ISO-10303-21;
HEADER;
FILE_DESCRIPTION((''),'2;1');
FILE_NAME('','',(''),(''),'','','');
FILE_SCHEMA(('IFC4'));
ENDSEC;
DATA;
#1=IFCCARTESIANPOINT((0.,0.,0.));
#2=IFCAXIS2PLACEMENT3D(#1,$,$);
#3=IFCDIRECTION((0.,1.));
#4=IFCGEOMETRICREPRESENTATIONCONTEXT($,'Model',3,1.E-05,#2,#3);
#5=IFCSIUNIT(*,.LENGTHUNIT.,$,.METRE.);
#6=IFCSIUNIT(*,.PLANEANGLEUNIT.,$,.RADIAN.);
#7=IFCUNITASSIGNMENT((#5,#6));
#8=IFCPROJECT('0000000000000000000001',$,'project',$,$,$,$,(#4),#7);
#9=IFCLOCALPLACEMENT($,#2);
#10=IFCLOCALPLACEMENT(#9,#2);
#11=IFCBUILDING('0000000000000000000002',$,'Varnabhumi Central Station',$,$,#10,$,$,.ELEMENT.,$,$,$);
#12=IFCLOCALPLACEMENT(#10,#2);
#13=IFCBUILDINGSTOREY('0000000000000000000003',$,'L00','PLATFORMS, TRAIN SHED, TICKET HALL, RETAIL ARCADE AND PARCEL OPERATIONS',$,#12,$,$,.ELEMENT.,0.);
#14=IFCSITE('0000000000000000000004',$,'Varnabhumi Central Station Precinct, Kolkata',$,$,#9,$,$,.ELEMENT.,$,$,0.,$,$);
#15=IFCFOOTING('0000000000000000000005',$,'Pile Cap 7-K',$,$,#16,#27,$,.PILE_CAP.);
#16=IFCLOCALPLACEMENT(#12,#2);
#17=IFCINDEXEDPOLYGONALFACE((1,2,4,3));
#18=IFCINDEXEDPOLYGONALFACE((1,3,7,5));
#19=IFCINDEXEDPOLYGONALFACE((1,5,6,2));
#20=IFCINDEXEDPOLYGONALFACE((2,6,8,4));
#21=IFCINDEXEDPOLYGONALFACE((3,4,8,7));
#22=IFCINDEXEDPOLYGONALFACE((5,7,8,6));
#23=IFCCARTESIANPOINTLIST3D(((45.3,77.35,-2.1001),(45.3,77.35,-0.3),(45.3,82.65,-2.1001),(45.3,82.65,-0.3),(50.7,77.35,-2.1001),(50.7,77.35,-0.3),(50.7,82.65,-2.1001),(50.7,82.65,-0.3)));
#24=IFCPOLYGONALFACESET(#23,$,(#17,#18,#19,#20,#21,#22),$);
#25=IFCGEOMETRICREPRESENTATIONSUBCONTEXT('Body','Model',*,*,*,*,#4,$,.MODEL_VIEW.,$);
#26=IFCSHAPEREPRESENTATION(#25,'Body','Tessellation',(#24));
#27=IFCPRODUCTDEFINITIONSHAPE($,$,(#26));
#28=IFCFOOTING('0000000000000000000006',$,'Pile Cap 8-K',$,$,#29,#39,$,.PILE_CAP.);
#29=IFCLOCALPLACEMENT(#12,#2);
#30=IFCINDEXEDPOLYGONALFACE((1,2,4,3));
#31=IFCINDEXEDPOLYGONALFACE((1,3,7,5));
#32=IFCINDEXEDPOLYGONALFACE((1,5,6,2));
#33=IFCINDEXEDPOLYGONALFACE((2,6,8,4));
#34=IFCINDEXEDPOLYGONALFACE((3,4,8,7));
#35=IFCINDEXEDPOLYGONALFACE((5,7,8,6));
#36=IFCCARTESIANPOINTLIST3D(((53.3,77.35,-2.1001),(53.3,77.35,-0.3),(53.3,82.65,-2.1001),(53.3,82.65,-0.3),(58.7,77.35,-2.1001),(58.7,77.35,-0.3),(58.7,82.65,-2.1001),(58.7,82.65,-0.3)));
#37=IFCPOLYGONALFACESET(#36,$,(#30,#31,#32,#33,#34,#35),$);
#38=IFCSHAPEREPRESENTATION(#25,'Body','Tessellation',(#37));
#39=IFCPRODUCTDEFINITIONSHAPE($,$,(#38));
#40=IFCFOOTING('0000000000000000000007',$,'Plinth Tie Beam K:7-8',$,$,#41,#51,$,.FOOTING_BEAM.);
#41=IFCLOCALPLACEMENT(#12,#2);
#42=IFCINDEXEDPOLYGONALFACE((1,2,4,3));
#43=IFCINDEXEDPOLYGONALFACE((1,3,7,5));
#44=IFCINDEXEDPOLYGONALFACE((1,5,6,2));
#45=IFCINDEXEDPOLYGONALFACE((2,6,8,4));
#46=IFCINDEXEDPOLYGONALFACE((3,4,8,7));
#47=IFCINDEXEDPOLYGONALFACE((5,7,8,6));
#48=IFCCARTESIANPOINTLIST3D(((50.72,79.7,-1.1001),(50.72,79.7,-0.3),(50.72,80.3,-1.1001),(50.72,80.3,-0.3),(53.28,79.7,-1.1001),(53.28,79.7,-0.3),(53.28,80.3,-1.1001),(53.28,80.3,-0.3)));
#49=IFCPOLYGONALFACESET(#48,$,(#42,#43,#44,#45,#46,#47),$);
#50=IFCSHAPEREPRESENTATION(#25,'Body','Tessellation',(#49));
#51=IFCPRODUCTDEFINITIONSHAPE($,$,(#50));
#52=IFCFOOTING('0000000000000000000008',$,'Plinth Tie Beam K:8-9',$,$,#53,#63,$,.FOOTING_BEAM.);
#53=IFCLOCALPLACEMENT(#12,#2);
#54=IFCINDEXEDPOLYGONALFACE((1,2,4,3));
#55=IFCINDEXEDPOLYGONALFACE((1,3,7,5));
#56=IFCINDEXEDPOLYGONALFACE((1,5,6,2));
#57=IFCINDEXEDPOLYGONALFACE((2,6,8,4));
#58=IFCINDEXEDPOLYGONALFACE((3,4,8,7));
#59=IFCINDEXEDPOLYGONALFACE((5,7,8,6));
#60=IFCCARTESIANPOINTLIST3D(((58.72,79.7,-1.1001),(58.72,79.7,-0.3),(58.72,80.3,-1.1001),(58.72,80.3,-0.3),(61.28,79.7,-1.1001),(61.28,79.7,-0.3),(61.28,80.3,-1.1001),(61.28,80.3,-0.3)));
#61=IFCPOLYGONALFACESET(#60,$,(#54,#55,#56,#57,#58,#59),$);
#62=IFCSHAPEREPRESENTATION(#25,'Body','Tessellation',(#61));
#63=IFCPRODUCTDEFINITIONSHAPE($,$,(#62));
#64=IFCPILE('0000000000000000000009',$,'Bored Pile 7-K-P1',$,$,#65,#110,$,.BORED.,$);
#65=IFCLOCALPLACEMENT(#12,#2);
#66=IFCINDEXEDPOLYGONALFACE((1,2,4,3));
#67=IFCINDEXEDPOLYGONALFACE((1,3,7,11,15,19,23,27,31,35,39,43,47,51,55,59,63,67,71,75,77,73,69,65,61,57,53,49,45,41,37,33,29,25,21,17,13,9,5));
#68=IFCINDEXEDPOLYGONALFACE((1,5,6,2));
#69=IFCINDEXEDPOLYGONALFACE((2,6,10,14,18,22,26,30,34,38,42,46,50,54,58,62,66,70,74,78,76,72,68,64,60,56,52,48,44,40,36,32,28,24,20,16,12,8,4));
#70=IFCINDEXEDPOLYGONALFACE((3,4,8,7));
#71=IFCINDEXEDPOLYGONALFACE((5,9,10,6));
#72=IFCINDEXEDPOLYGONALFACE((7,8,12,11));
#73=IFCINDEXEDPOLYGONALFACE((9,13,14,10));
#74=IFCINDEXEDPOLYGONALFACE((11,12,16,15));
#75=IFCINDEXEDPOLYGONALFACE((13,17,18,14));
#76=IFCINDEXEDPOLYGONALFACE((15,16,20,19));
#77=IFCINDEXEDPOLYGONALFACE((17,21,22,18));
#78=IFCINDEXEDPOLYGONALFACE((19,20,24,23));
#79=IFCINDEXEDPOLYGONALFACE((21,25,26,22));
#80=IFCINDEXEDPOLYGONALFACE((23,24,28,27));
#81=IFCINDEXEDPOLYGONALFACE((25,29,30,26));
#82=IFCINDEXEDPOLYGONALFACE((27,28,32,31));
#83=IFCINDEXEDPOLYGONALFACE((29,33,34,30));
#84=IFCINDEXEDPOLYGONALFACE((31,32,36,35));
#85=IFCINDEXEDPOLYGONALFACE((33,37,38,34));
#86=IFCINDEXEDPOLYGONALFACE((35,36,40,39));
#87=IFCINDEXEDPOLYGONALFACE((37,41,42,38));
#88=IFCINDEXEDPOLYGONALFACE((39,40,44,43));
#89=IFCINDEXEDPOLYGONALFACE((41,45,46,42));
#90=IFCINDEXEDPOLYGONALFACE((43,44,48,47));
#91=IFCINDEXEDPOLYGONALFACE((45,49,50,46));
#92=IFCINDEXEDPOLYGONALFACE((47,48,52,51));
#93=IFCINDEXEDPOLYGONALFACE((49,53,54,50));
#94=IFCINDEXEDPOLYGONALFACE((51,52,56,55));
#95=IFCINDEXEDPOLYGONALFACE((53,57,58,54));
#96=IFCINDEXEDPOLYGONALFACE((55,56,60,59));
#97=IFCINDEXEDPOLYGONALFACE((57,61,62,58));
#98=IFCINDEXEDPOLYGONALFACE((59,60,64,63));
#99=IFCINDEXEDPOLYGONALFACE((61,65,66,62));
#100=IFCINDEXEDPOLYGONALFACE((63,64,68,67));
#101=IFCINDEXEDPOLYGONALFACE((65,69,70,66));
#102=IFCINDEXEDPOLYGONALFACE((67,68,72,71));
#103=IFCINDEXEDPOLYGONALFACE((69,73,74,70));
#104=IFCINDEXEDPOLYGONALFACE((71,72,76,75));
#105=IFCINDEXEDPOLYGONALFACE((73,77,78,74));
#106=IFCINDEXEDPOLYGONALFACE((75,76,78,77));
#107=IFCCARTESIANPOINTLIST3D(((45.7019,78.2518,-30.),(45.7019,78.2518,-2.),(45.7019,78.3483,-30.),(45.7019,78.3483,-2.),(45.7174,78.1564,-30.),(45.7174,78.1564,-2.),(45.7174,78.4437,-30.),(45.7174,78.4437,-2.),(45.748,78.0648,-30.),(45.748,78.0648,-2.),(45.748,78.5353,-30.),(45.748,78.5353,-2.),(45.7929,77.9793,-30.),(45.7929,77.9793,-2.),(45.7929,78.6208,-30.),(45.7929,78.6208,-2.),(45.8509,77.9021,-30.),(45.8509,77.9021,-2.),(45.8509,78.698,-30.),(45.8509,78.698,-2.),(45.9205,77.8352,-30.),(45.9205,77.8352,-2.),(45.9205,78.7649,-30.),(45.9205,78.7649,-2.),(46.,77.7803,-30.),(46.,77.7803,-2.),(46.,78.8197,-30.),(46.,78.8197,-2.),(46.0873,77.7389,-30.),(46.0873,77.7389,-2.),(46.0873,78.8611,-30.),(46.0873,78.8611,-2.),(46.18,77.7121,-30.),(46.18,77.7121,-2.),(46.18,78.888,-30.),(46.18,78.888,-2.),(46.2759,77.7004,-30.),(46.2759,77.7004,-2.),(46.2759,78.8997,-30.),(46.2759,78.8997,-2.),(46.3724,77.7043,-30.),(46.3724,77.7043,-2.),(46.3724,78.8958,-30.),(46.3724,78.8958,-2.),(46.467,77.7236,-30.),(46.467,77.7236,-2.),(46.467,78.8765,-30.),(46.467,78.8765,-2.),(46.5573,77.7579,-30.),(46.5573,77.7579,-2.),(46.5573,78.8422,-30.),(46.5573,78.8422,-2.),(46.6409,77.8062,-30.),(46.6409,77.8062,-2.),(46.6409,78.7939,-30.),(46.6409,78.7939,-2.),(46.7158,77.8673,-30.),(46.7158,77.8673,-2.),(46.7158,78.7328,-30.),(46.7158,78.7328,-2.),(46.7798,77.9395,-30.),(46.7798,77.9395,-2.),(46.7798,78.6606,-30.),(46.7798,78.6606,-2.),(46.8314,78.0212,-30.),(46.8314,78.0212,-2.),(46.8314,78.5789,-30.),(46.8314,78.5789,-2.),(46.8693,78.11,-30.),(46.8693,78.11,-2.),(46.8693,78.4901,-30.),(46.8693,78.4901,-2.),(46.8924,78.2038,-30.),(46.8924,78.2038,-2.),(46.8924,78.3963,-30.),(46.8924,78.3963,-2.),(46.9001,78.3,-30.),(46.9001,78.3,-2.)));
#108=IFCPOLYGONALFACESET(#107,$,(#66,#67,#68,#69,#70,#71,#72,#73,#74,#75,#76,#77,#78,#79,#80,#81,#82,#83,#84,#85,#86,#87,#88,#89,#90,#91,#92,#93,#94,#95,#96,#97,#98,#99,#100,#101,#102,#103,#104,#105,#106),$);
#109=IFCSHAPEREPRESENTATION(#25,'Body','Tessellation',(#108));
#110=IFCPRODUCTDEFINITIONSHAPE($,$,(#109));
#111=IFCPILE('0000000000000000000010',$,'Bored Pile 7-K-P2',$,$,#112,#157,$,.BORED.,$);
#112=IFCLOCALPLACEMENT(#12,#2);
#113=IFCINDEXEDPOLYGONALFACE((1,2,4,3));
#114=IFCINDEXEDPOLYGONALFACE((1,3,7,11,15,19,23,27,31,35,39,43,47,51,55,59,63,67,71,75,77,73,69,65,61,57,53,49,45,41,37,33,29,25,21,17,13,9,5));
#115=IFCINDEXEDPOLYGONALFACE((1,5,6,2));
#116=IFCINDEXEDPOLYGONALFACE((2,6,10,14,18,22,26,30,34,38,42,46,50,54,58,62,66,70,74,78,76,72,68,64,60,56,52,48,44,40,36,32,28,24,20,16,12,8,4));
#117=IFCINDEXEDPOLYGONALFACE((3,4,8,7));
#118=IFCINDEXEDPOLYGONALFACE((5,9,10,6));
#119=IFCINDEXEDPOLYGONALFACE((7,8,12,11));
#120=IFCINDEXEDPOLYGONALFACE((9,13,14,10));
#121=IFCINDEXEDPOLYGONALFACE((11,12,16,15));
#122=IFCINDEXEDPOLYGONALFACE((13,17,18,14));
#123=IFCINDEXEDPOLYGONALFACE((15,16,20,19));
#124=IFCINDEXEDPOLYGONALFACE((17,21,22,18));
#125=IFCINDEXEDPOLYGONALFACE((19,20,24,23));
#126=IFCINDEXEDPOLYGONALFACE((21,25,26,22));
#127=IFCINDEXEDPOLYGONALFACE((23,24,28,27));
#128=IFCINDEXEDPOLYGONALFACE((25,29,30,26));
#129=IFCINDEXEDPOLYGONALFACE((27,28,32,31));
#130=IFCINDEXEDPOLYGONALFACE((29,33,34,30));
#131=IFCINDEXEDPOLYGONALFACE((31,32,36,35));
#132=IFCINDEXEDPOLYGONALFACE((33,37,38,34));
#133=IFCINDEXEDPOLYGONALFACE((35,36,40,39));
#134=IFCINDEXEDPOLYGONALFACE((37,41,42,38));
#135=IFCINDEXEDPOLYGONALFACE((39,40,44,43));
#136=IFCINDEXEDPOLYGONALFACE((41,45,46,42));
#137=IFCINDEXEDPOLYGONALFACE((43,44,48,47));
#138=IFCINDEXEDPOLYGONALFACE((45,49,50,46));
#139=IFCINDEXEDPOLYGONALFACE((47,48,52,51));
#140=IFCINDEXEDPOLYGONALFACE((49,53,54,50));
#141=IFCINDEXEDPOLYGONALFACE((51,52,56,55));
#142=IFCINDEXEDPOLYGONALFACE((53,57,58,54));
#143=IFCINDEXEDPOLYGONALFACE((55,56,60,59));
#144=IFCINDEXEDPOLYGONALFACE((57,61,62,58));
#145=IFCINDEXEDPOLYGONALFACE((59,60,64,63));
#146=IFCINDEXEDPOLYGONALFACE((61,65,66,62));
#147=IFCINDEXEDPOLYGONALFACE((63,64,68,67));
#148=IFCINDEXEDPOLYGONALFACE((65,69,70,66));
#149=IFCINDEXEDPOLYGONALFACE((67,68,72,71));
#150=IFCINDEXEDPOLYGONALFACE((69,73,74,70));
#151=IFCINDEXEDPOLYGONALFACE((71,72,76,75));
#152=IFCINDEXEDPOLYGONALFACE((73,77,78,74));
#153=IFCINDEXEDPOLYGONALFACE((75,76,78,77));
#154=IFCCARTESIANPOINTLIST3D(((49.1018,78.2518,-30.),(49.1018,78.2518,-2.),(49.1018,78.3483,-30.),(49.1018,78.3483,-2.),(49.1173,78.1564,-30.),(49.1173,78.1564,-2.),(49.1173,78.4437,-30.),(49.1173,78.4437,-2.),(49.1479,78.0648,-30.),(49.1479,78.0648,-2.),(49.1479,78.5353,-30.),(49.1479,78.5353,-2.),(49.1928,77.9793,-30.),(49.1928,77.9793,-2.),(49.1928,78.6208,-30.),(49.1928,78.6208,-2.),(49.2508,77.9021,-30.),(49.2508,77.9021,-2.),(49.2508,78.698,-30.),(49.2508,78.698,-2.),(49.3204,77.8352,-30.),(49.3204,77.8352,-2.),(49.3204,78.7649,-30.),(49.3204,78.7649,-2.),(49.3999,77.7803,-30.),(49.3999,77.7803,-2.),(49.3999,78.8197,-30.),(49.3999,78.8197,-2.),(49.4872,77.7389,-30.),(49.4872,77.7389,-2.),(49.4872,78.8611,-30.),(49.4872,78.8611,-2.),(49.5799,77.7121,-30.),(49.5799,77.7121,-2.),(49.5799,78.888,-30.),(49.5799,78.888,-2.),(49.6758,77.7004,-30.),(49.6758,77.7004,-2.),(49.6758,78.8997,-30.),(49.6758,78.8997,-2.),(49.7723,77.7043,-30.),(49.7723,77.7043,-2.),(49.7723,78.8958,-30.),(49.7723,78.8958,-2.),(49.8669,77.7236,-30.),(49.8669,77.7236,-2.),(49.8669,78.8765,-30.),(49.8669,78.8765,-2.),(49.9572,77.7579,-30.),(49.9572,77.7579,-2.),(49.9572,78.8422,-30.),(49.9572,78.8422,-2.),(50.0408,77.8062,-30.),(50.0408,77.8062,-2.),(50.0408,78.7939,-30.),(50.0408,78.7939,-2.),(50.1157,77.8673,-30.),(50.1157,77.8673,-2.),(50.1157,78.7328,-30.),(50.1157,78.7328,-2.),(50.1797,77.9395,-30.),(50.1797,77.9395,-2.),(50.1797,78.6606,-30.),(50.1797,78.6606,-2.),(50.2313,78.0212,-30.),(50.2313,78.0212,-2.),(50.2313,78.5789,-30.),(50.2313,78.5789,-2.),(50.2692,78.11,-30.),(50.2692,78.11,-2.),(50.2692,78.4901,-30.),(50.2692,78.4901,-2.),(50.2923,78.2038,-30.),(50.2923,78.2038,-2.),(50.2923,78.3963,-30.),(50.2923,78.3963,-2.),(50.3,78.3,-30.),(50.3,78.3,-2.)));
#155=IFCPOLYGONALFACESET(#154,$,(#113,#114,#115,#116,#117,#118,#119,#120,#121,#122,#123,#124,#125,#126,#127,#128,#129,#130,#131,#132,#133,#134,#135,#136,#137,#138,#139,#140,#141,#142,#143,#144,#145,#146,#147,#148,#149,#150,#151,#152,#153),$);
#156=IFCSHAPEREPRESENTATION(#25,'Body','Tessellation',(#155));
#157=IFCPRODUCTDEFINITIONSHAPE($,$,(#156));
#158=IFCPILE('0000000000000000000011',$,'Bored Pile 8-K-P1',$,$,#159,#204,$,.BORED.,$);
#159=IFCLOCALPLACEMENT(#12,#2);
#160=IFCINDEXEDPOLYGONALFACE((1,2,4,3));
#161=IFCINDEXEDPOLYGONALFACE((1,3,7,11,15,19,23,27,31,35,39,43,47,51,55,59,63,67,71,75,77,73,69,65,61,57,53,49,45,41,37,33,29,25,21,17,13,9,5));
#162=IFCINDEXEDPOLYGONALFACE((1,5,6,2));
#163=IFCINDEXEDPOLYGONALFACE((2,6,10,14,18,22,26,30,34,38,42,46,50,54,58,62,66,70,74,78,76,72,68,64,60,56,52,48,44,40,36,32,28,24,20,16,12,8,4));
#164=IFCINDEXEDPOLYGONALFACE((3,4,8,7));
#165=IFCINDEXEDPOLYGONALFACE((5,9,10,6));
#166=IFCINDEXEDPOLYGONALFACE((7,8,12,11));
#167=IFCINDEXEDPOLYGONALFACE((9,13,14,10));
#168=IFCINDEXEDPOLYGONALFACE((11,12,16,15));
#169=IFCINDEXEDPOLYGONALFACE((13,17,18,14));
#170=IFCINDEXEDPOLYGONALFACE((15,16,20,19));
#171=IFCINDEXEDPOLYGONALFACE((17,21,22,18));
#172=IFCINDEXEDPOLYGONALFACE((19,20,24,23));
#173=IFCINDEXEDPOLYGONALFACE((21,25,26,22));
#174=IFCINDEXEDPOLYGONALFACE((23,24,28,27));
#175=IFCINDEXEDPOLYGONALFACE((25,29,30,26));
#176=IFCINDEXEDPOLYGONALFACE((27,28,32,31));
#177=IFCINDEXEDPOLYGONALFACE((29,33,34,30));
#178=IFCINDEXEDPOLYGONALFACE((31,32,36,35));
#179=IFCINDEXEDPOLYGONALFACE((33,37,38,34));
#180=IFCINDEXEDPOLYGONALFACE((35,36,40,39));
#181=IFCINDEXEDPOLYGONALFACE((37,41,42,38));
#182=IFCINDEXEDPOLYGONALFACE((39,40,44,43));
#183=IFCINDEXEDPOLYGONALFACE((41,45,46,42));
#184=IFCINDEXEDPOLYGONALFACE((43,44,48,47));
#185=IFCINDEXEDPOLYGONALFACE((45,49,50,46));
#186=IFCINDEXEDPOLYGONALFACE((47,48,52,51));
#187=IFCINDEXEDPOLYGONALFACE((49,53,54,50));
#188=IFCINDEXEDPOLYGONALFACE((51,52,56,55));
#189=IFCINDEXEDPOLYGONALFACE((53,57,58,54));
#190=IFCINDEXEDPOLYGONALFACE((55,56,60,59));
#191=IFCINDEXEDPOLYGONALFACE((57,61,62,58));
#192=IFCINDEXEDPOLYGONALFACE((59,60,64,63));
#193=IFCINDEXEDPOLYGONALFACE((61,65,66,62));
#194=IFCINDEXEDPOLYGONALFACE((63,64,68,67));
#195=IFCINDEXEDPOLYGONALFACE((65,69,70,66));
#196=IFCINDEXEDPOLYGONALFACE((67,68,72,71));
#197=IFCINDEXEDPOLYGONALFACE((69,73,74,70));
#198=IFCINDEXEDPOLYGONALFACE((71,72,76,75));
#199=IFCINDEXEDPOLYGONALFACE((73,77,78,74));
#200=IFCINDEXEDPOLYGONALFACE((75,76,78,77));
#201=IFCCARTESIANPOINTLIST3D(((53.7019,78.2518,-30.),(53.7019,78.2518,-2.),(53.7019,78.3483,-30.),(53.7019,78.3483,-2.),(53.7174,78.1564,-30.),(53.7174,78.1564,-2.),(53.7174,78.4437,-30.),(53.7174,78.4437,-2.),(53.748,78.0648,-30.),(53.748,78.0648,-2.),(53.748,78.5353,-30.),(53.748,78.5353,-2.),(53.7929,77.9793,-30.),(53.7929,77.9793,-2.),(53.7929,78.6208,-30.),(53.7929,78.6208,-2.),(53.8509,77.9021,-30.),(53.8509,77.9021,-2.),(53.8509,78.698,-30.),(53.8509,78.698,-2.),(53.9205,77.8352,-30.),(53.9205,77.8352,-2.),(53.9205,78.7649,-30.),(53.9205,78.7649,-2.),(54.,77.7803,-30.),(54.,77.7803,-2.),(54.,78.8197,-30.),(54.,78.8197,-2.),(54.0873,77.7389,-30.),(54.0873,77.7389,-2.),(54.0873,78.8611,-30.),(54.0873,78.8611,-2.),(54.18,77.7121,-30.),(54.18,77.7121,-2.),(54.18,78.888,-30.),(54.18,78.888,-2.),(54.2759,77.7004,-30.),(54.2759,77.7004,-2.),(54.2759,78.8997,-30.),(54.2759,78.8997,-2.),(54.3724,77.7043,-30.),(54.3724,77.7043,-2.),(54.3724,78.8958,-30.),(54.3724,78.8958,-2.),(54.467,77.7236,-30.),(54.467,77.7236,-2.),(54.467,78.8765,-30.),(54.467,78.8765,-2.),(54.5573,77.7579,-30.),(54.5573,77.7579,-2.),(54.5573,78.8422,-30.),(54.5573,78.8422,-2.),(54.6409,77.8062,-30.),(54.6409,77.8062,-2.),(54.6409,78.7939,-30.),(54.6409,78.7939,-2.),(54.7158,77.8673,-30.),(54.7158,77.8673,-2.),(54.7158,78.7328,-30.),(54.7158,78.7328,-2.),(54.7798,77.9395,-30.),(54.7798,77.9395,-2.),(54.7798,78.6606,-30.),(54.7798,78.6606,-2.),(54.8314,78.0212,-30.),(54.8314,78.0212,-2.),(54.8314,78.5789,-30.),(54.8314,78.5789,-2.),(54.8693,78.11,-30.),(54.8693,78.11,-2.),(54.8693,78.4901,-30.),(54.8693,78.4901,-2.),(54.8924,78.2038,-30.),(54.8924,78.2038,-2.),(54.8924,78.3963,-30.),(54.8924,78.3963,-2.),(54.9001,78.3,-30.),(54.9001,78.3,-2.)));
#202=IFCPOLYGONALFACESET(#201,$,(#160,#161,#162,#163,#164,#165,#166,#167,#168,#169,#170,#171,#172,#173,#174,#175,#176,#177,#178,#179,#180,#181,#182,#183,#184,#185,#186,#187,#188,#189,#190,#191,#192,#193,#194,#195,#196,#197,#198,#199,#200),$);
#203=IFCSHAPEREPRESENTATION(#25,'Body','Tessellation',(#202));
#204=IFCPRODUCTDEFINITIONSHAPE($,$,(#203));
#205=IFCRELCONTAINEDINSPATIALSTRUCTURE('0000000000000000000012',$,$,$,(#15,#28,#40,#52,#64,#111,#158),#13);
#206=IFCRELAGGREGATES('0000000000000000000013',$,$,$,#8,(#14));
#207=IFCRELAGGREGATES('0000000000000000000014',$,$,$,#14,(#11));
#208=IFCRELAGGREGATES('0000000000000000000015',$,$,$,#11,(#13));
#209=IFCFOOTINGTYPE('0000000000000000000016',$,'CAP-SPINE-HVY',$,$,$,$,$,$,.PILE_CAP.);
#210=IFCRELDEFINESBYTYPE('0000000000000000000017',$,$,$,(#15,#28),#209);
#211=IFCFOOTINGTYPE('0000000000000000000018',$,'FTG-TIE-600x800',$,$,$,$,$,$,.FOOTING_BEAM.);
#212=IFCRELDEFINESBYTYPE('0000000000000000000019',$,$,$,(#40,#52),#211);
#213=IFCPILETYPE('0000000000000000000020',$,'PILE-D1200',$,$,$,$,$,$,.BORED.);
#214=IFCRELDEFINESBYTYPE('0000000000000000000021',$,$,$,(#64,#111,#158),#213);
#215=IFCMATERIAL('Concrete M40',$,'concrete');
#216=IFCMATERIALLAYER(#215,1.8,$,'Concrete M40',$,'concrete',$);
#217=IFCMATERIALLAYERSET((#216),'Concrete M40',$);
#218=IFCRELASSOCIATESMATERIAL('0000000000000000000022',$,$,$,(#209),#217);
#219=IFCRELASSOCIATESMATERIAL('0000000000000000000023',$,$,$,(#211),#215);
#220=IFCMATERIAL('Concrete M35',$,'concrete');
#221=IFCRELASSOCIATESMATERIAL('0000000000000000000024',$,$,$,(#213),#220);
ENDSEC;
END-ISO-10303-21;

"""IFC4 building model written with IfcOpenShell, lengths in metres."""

from ifc_helpers import new_model, si_unit, direction, frame, origin, origin_2d, place, context, subcontext, project, spatial, rectangle, circle, extrude, material, layer, layer_set, material_profile, profile_set, type_object, element, save


model = new_model("IFC4")

# Units and contexts
model_context = context("Model", 3, precision=1e-05, world=origin(), true_north=direction((0.0, 1.0)))
body_context = subcontext(model_context, "Body", "Model", "MODEL_VIEW")
ifc_project = project(units=[si_unit("LENGTHUNIT", "METRE"), si_unit("PLANEANGLEUNIT", "RADIAN")], contexts=[model_context])

# Site, building, storey
site_placement = place(None, origin())
site = spatial("IfcSite", under=ifc_project, at=site_placement, Name="Varnabhumi Central Station Precinct, Kolkata", CompositionType="ELEMENT", RefElevation=0.0)
building_placement = place(site_placement, origin())
building = spatial("IfcBuilding", under=site, at=building_placement, Name="Varnabhumi Central Station", CompositionType="ELEMENT")
storey_placement = place(building_placement, origin())
storey = spatial("IfcBuildingStorey", under=building, at=storey_placement, Name="L00", Description="PLATFORMS, TRAIN SHED, TICKET HALL, RETAIL ARCADE AND PARCEL OPERATIONS", CompositionType="ELEMENT", Elevation=0.0)

# Footings
ifc_material_1 = material(Name="Concrete M40", Category="concrete")
ifc_layer_1 = layer(ifc_material_1, 1.8, Name="Concrete M40", Category="concrete")
ifc_layer_set_1 = layer_set([ifc_layer_1], Name="Concrete M40")
footing_type_1 = type_object("IfcFootingType", Name="CAP-SPINE-HVY", PredefinedType="PILE_CAP", material=ifc_layer_set_1)
for number, where, z_axis, x_axis, name in (
    (1, (48.0, 80.0, -2.1001), (0.0, 0.0, 1.0), (1.0, 0.0, 0.0), "Pile Cap 7-K"),
    (2, (56.0, 80.0, -2.1001), (0.0, 0.0, 1.0), (1.0, 0.0, 0.0), "Pile Cap 8-K"),
):
    element("IfcFooting", number, at=place(storey_placement, frame(where, z_axis=z_axis, x_axis=x_axis)), inside=storey, type_object=footing_type_1, Name=name, PredefinedType="PILE_CAP", context=body_context, shape_type="SweptSolid", body=[
        extrude(rectangle(XDim=5.3999, YDim=5.3, at=origin_2d()), origin(), (0.0, 0.0, 1.0), 1.8),
    ])
footing_type_2 = type_object("IfcFootingType", Name="FTG-TIE-600x800", PredefinedType="FOOTING_BEAM", material=ifc_material_1)
for number, where, z_axis, x_axis, name in (
    (3, (52.0, 80.0, -1.1001), (0.0, 0.0, 1.0), (1.0, 0.0, 0.0), "Plinth Tie Beam K:7-8"),
    (4, (60.0, 80.0, -1.1001), (0.0, 0.0, 1.0), (1.0, 0.0, 0.0), "Plinth Tie Beam K:8-9"),
):
    element("IfcFooting", number, at=place(storey_placement, frame(where, z_axis=z_axis, x_axis=x_axis)), inside=storey, type_object=footing_type_2, Name=name, PredefinedType="FOOTING_BEAM", context=body_context, shape_type="SweptSolid", body=[
        extrude(rectangle(XDim=2.5601, YDim=0.6001, at=origin_2d()), origin(), (0.0, 0.0, 1.0), 0.8),
    ])

# Piles
ifc_material_2 = material(Name="Concrete M35", Category="concrete")
ifc_material_profile_1 = material_profile(ifc_material_2, circle(Radius=0.6001, at=origin_2d()), Name="Concrete M35", Category="concrete")
ifc_profile_set_1 = profile_set([ifc_material_profile_1], Name="Concrete M35")
pile_type = type_object("IfcPileType", Name="PILE-D1200", PredefinedType="BORED", material=ifc_profile_set_1)
for number, where, z_axis, x_axis, name in (
    (5, (46.3, 78.3, -2.0), (0.0, 0.0, -1.0), (1.0, 0.0, 0.0), "Bored Pile 7-K-P1"),
    (6, (49.7, 78.3, -2.0), (0.0, 0.0, -1.0), (1.0, 0.0, 0.0), "Bored Pile 7-K-P2"),
    (7, (54.3, 78.3, -2.0), (0.0, 0.0, -1.0), (1.0, 0.0, 0.0), "Bored Pile 8-K-P1"),
):
    element("IfcPile", number, at=place(storey_placement, frame(where, z_axis=z_axis, x_axis=x_axis)), inside=storey, type_object=pile_type, Name=name, PredefinedType="BORED", context=body_context, shape_type="SweptSolid", body=[
        extrude(circle(Radius=0.6001, at=origin_2d()), origin(), (0.0, 0.0, 1.0), 28.0),
    ])

save(model, "model.ifc")
